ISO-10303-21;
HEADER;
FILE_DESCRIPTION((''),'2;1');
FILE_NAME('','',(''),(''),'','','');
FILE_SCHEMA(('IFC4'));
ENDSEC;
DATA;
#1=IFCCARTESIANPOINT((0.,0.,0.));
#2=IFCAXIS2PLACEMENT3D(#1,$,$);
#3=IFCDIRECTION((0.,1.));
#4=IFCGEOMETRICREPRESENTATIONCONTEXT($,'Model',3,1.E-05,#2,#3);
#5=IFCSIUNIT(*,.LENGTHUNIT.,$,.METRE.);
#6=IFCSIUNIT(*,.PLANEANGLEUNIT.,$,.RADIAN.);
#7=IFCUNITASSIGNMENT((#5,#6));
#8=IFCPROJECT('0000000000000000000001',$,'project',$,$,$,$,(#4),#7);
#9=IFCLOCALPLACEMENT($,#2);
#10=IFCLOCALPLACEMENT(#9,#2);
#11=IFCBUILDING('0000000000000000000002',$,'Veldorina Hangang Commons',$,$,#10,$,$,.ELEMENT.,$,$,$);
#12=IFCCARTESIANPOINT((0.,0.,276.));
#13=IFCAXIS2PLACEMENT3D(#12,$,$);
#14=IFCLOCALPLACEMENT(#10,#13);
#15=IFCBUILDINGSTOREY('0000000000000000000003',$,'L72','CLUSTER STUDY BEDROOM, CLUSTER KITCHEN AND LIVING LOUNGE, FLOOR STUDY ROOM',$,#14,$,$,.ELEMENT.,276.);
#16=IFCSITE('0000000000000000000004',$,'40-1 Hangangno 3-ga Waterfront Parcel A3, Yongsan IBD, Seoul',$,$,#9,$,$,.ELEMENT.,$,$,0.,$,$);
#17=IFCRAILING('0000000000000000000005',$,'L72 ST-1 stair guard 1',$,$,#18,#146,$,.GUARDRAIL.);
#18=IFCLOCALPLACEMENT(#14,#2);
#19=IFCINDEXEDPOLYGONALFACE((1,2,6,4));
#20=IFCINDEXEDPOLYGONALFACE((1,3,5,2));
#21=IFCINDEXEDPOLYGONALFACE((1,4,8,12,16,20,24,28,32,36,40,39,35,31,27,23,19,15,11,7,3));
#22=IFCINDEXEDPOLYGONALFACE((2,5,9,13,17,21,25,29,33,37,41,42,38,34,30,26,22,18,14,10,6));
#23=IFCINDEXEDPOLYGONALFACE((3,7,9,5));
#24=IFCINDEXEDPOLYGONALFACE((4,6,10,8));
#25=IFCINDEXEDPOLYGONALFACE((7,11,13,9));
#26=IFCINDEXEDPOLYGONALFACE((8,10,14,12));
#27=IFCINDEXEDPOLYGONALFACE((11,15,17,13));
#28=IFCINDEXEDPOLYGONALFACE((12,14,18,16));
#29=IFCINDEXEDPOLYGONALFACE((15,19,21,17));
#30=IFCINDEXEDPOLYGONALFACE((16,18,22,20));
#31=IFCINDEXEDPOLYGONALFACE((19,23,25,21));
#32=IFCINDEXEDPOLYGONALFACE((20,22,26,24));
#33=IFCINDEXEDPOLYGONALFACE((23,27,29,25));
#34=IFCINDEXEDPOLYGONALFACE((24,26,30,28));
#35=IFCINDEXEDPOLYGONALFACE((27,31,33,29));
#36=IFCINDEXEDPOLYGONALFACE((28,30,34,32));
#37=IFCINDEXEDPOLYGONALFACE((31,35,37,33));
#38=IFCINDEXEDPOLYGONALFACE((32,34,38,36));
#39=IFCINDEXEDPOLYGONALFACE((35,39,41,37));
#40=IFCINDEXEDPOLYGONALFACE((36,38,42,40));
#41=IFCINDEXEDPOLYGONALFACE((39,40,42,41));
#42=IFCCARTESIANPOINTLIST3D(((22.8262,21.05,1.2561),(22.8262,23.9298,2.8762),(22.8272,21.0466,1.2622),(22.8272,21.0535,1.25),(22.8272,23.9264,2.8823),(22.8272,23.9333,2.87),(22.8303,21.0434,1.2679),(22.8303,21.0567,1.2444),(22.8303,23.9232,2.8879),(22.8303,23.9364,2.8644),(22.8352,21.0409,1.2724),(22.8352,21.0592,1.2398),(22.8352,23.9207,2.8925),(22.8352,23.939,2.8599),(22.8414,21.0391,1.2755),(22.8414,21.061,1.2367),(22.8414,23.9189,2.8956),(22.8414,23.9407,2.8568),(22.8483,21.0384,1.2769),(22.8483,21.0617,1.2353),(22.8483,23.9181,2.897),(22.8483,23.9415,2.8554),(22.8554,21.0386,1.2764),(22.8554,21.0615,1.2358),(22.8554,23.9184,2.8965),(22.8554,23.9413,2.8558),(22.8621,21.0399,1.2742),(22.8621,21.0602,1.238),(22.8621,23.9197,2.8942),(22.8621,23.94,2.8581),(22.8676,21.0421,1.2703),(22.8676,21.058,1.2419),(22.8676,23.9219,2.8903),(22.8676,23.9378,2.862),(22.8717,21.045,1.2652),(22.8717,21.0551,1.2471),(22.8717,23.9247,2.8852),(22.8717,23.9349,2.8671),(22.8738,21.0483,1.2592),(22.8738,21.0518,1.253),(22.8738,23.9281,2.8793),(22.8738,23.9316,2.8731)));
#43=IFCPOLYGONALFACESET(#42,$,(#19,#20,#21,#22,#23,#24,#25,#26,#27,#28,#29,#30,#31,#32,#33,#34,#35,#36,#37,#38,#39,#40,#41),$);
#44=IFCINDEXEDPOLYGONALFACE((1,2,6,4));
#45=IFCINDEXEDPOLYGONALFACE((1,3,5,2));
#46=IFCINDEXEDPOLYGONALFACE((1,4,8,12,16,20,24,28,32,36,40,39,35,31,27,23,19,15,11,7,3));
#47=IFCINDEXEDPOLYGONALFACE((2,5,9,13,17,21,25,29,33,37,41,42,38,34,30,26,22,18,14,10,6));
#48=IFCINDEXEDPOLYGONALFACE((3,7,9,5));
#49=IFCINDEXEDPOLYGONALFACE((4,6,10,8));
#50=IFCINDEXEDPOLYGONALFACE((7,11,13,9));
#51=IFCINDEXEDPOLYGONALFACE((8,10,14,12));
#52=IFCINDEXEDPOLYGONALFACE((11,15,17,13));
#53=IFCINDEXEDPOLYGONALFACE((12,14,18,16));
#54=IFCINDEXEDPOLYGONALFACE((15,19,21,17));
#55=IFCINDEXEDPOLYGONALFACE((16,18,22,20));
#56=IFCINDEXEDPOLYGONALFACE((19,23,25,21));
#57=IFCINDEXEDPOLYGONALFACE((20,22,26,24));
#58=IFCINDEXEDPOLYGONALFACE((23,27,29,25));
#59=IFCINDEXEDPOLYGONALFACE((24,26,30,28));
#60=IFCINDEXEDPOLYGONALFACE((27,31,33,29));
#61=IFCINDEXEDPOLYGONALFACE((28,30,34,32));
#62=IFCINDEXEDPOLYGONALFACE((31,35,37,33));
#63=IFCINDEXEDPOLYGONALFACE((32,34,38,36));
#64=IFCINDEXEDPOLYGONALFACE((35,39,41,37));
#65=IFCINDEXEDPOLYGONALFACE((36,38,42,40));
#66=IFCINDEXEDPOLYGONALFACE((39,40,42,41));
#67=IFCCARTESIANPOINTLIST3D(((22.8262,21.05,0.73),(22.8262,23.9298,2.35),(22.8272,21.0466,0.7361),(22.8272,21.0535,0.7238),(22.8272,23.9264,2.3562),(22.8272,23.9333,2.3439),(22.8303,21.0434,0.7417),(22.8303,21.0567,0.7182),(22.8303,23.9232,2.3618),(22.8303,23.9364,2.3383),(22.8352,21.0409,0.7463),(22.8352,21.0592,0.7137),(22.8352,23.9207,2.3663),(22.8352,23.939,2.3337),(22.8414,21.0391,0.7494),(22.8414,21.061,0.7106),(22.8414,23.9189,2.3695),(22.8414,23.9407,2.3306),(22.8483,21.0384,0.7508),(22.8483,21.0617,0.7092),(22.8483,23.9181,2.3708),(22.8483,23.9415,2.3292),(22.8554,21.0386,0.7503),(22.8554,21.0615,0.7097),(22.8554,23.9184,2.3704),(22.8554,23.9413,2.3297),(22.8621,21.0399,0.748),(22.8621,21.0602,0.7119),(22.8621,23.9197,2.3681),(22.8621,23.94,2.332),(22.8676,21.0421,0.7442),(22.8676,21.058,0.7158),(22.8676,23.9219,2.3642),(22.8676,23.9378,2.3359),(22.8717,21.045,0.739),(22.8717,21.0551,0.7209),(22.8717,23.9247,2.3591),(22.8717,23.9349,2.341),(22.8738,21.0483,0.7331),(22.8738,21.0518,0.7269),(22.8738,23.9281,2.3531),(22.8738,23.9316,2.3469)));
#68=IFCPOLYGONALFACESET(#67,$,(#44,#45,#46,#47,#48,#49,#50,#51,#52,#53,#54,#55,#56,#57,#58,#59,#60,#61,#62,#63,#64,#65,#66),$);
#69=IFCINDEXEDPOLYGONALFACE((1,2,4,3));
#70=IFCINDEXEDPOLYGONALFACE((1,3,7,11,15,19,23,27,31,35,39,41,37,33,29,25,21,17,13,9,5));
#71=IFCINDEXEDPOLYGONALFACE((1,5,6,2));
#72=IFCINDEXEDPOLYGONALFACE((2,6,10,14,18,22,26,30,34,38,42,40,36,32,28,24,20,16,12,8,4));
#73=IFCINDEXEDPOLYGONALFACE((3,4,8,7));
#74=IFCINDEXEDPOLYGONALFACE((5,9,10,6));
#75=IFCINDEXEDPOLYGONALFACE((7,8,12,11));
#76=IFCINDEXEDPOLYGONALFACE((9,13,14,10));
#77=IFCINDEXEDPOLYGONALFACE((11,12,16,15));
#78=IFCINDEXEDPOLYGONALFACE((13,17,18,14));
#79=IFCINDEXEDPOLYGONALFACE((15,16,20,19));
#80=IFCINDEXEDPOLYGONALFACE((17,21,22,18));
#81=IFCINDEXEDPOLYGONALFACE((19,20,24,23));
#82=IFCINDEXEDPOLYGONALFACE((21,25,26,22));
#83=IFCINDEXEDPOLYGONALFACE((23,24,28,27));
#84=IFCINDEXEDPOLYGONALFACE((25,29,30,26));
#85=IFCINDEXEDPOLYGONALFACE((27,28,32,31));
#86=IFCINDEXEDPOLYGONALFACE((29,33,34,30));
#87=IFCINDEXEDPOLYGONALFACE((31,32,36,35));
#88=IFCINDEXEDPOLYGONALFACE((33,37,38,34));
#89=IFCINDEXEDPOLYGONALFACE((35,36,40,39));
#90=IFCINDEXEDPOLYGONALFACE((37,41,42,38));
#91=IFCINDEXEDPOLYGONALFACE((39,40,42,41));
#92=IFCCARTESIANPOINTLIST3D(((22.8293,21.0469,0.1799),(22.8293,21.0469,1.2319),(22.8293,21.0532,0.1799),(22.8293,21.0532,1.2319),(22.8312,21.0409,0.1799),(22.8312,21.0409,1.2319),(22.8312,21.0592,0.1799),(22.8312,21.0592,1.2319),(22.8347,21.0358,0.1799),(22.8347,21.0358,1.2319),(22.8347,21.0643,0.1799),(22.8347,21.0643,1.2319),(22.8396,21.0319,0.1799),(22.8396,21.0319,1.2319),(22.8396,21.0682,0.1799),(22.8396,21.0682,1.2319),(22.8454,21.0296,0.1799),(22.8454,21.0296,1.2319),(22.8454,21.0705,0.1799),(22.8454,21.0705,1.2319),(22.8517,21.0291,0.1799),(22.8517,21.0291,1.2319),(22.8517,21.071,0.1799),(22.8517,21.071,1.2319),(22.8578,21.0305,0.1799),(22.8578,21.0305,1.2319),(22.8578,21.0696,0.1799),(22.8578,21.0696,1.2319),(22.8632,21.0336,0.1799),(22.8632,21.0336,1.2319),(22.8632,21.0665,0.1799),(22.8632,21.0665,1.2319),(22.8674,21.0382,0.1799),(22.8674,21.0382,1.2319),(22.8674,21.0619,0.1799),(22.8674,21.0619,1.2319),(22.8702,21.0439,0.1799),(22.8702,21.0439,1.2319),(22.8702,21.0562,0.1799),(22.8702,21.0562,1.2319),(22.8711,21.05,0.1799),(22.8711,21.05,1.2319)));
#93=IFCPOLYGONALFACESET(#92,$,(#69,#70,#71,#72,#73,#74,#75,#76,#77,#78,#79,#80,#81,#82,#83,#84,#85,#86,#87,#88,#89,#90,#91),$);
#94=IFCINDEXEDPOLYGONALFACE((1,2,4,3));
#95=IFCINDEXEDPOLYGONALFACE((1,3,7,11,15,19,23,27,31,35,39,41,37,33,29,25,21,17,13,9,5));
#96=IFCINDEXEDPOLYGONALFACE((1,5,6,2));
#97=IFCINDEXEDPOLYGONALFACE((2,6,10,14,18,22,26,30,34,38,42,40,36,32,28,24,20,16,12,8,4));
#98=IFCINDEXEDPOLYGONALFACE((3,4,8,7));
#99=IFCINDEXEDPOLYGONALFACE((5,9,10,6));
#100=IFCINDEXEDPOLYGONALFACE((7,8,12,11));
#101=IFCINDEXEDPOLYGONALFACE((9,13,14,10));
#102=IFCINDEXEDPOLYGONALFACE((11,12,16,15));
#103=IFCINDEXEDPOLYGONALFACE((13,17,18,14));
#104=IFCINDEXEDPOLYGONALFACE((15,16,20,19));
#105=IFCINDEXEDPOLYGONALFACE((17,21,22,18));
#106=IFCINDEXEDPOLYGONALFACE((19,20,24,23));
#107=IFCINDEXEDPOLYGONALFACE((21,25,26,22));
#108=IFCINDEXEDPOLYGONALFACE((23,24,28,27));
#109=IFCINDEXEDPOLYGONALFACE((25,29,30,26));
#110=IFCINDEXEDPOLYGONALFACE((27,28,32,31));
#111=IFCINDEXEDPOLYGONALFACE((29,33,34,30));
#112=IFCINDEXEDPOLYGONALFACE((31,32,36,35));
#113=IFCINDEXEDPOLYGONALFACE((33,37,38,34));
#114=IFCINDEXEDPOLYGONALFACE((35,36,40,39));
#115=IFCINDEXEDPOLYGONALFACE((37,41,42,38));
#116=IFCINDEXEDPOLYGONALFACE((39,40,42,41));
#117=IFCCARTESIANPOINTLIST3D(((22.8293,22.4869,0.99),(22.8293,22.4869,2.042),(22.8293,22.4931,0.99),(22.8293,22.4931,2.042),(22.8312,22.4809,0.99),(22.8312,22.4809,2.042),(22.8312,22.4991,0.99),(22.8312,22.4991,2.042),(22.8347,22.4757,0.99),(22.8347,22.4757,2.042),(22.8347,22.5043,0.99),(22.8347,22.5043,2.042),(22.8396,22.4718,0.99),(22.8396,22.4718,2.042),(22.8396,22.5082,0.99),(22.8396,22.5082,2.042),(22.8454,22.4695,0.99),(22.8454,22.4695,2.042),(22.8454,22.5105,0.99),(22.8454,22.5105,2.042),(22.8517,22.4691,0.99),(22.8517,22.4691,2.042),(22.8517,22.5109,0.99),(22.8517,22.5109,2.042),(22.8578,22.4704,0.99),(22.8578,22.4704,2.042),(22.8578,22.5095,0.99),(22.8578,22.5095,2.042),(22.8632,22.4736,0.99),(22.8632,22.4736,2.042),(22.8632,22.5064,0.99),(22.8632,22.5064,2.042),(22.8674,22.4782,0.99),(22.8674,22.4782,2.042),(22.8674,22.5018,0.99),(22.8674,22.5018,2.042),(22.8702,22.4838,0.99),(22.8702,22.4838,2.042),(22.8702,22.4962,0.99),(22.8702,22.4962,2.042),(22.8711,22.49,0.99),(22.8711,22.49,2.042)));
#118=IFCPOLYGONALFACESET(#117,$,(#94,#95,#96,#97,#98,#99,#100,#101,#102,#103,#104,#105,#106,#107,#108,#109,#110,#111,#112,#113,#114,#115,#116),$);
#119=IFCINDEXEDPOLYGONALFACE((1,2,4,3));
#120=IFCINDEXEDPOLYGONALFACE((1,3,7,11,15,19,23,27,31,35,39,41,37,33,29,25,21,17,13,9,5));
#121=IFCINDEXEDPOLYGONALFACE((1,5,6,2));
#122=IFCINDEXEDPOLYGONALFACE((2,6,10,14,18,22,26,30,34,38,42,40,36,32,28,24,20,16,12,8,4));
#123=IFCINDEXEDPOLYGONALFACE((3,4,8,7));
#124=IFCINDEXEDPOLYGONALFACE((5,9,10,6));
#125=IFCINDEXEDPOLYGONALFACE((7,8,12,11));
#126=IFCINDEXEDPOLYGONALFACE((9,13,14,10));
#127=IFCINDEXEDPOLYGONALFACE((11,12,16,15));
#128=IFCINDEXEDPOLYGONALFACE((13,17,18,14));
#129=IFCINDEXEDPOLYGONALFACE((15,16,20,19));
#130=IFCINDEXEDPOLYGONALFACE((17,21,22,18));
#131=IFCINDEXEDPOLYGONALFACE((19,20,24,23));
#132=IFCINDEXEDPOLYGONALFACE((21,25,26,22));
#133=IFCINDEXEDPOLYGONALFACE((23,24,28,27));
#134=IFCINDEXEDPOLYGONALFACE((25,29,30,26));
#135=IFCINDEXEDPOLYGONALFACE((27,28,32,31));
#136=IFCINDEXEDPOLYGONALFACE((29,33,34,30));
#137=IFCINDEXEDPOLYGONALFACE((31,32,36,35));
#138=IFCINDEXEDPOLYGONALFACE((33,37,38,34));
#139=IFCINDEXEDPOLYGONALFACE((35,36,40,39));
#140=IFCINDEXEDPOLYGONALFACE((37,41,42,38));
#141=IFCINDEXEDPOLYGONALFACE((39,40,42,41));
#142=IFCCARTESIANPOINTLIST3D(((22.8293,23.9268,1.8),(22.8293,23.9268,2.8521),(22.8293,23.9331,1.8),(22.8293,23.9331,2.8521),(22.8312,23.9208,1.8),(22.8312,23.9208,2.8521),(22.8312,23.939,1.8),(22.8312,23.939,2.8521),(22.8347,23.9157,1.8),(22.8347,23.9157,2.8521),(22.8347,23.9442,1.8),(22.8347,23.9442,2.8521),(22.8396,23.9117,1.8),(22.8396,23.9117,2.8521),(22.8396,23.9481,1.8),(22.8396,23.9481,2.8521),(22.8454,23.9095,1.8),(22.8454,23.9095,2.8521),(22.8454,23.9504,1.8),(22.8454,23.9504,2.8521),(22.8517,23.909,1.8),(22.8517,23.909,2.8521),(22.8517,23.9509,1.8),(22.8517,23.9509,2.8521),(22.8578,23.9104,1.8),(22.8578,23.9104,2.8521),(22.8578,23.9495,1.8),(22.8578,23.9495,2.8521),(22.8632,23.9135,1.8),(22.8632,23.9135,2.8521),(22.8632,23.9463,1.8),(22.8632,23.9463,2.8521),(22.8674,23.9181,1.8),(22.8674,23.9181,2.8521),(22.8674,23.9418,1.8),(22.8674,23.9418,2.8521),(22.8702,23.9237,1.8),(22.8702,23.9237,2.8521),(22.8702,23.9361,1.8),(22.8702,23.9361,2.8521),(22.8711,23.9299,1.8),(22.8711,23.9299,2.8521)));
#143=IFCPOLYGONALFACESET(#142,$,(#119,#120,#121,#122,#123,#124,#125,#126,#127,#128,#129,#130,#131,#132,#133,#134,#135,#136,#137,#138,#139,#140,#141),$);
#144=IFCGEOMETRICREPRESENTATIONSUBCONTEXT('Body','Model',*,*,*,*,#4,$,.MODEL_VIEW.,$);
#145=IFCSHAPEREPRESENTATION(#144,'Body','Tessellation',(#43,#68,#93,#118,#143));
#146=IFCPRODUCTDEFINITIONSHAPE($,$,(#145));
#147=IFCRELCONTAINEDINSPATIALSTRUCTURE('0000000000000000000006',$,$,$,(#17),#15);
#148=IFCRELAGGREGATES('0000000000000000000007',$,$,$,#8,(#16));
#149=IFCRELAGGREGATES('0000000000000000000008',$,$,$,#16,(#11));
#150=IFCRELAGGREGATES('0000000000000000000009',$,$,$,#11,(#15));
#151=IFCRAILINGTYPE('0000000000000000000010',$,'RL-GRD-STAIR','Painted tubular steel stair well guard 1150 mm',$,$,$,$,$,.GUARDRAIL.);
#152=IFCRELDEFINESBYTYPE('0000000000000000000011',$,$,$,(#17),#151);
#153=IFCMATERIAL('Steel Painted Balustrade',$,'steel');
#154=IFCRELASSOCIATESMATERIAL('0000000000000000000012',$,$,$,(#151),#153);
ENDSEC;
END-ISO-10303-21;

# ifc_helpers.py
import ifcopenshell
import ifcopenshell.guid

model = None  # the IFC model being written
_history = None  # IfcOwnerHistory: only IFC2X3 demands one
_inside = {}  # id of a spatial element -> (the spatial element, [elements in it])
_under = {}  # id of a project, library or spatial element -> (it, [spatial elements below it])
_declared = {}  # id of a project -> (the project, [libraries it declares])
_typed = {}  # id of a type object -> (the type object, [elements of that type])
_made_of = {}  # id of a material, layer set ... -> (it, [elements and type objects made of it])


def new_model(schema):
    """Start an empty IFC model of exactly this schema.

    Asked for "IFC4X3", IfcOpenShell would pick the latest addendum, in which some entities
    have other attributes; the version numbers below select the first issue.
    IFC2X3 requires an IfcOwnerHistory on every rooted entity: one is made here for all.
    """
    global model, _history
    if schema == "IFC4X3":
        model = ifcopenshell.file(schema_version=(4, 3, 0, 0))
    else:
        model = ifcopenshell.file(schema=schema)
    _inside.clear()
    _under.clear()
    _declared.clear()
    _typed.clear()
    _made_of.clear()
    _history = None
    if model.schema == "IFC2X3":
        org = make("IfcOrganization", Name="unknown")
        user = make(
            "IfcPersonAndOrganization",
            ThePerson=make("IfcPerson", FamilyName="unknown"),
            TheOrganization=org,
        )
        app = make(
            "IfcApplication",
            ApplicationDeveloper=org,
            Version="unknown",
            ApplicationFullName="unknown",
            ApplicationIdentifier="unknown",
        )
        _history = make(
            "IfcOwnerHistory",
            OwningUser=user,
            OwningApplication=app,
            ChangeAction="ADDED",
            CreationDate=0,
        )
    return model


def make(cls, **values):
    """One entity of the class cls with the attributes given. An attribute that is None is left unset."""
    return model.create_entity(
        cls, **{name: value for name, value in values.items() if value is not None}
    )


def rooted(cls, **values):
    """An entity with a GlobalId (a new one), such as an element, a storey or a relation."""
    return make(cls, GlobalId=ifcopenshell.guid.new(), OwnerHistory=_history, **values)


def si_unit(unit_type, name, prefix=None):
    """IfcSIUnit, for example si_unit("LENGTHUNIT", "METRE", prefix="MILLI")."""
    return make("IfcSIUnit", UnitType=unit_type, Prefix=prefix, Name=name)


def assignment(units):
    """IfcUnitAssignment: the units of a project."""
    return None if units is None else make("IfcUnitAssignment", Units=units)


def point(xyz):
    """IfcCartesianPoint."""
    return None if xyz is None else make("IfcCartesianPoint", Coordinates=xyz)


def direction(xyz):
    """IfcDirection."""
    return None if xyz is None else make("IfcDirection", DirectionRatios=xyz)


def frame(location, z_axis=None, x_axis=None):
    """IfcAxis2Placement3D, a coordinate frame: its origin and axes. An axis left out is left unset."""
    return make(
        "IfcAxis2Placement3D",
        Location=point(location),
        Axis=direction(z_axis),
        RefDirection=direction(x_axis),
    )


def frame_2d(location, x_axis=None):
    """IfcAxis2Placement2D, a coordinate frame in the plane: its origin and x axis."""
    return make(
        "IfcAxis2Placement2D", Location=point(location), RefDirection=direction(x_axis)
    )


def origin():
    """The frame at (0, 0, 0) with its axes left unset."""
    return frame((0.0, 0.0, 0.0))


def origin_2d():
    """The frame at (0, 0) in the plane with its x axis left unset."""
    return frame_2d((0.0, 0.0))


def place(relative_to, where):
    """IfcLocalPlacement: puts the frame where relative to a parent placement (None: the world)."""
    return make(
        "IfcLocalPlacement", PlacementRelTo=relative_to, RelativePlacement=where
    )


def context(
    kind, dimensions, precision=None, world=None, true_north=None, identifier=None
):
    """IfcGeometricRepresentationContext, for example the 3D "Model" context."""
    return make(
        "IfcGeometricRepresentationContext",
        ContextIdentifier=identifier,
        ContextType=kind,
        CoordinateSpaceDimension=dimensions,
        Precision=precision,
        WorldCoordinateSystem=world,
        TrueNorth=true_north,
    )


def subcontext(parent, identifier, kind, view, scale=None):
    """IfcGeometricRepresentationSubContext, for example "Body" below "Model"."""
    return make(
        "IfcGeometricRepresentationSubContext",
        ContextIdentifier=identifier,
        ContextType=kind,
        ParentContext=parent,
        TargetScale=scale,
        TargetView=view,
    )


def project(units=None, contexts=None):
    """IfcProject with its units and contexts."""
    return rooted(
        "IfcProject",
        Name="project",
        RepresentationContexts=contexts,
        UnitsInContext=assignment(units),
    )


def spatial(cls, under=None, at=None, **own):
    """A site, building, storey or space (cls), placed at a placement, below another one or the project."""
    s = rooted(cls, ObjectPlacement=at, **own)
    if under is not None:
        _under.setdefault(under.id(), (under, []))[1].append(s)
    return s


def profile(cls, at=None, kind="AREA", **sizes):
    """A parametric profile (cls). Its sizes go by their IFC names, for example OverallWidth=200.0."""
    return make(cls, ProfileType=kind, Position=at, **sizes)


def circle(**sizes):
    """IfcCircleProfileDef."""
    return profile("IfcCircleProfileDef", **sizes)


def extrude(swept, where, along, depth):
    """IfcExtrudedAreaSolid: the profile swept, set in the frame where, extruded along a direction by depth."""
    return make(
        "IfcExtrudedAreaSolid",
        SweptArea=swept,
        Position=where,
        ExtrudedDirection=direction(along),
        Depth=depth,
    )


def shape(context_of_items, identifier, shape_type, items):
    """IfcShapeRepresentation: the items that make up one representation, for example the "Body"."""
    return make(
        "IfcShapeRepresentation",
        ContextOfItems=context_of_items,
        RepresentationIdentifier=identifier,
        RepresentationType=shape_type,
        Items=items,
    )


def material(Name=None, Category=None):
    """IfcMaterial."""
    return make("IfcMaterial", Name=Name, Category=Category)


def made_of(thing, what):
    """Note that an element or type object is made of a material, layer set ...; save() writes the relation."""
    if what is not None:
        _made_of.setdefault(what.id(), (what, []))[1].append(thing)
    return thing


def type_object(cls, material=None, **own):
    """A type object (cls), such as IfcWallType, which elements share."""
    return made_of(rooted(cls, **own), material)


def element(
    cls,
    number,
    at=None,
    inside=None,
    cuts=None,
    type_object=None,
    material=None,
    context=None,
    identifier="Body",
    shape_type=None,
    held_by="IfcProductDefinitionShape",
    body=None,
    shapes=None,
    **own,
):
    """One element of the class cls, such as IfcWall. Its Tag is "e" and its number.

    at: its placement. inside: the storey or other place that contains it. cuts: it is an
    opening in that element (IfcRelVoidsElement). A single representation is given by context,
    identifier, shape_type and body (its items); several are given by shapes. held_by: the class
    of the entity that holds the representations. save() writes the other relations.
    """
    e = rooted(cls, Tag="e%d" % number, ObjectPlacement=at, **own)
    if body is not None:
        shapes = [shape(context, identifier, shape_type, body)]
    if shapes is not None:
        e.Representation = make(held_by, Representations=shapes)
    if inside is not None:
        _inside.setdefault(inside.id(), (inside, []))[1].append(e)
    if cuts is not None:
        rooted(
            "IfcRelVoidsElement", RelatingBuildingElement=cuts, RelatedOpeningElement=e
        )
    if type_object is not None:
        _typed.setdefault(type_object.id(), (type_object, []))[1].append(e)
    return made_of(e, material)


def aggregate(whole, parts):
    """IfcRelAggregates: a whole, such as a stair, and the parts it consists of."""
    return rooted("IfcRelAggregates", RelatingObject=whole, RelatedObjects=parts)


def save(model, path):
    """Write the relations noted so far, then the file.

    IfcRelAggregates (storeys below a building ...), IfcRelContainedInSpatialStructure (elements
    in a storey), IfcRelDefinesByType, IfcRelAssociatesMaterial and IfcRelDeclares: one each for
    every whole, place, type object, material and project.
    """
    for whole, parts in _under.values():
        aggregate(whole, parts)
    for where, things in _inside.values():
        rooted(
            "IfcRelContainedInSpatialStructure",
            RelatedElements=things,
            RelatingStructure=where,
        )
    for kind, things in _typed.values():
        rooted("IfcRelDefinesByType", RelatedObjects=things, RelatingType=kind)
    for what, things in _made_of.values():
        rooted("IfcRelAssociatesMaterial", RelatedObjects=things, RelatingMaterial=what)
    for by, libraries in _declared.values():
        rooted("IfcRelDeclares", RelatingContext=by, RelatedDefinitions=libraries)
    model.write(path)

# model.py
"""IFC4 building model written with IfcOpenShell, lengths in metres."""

from ifc_helpers import new_model, si_unit, direction, frame, origin, origin_2d, place, context, subcontext, project, spatial, circle, extrude, material, type_object, element, save


model = new_model("IFC4")

# Units and contexts
model_context = context("Model", 3, precision=1e-05, world=origin(), true_north=direction((0.0, 1.0)))
body_context = subcontext(model_context, "Body", "Model", "MODEL_VIEW")
ifc_project = project(units=[si_unit("LENGTHUNIT", "METRE"), si_unit("PLANEANGLEUNIT", "RADIAN")], contexts=[model_context])

# Site, building, storey
site_placement = place(None, origin())
site = spatial("IfcSite", under=ifc_project, at=site_placement, Name="40-1 Hangangno 3-ga Waterfront Parcel A3, Yongsan IBD, Seoul", CompositionType="ELEMENT", RefElevation=0.0)
building_placement = place(site_placement, origin())
building = spatial("IfcBuilding", under=site, at=building_placement, Name="Veldorina Hangang Commons", CompositionType="ELEMENT")
storey_placement = place(building_placement, frame((0.0, 0.0, 276.0)))
storey = spatial("IfcBuildingStorey", under=building, at=storey_placement, Name="L72", Description="CLUSTER STUDY BEDROOM, CLUSTER KITCHEN AND LIVING LOUNGE, FLOOR STUDY ROOM", CompositionType="ELEMENT", Elevation=276.0)

# Railing
ifc_material_1 = material(Name="Steel Painted Balustrade", Category="steel")
railing_type_1 = type_object("IfcRailingType", Name="RL-GRD-STAIR", Description="Painted tubular steel stair well guard 1150 mm", PredefinedType="GUARDRAIL", material=ifc_material_1)
railing_1_placement = place(storey_placement, frame((22.8501, 21.05, 0.1799)))
element("IfcRailing", 1, at=railing_1_placement, inside=storey, type_object=railing_type_1, Name="L72 ST-1 stair guard 1", PredefinedType="GUARDRAIL", context=body_context, shape_type="SweptSolid", body=[
    extrude(circle(Radius=0.0239, at=origin_2d()), frame((0.0, 0.0, 1.0762), z_axis=(0.0, 0.871552, 0.490303), x_axis=(-1.0, 0.0, 0.0)), (0.0, 0.0, 1.0), 3.3042),
    extrude(circle(Radius=0.0239, at=origin_2d()), frame((0.0, 0.0, 0.55), z_axis=(0.0, 0.871552, 0.490303), x_axis=(-1.0, 0.0, 0.0)), (0.0, 0.0, 1.0), 3.3042),
    extrude(circle(Radius=0.021, at=origin_2d()), origin(), (0.0, 0.0, 1.0), 1.052),
    extrude(circle(Radius=0.021, at=origin_2d()), frame((0.0, 1.4399, 0.8101)), (0.0, 0.0, 1.0), 1.052),
    extrude(circle(Radius=0.021, at=origin_2d()), frame((0.0, 2.8799, 1.6201)), (0.0, 0.0, 1.0), 1.052),
])

save(model, "model.ifc")
